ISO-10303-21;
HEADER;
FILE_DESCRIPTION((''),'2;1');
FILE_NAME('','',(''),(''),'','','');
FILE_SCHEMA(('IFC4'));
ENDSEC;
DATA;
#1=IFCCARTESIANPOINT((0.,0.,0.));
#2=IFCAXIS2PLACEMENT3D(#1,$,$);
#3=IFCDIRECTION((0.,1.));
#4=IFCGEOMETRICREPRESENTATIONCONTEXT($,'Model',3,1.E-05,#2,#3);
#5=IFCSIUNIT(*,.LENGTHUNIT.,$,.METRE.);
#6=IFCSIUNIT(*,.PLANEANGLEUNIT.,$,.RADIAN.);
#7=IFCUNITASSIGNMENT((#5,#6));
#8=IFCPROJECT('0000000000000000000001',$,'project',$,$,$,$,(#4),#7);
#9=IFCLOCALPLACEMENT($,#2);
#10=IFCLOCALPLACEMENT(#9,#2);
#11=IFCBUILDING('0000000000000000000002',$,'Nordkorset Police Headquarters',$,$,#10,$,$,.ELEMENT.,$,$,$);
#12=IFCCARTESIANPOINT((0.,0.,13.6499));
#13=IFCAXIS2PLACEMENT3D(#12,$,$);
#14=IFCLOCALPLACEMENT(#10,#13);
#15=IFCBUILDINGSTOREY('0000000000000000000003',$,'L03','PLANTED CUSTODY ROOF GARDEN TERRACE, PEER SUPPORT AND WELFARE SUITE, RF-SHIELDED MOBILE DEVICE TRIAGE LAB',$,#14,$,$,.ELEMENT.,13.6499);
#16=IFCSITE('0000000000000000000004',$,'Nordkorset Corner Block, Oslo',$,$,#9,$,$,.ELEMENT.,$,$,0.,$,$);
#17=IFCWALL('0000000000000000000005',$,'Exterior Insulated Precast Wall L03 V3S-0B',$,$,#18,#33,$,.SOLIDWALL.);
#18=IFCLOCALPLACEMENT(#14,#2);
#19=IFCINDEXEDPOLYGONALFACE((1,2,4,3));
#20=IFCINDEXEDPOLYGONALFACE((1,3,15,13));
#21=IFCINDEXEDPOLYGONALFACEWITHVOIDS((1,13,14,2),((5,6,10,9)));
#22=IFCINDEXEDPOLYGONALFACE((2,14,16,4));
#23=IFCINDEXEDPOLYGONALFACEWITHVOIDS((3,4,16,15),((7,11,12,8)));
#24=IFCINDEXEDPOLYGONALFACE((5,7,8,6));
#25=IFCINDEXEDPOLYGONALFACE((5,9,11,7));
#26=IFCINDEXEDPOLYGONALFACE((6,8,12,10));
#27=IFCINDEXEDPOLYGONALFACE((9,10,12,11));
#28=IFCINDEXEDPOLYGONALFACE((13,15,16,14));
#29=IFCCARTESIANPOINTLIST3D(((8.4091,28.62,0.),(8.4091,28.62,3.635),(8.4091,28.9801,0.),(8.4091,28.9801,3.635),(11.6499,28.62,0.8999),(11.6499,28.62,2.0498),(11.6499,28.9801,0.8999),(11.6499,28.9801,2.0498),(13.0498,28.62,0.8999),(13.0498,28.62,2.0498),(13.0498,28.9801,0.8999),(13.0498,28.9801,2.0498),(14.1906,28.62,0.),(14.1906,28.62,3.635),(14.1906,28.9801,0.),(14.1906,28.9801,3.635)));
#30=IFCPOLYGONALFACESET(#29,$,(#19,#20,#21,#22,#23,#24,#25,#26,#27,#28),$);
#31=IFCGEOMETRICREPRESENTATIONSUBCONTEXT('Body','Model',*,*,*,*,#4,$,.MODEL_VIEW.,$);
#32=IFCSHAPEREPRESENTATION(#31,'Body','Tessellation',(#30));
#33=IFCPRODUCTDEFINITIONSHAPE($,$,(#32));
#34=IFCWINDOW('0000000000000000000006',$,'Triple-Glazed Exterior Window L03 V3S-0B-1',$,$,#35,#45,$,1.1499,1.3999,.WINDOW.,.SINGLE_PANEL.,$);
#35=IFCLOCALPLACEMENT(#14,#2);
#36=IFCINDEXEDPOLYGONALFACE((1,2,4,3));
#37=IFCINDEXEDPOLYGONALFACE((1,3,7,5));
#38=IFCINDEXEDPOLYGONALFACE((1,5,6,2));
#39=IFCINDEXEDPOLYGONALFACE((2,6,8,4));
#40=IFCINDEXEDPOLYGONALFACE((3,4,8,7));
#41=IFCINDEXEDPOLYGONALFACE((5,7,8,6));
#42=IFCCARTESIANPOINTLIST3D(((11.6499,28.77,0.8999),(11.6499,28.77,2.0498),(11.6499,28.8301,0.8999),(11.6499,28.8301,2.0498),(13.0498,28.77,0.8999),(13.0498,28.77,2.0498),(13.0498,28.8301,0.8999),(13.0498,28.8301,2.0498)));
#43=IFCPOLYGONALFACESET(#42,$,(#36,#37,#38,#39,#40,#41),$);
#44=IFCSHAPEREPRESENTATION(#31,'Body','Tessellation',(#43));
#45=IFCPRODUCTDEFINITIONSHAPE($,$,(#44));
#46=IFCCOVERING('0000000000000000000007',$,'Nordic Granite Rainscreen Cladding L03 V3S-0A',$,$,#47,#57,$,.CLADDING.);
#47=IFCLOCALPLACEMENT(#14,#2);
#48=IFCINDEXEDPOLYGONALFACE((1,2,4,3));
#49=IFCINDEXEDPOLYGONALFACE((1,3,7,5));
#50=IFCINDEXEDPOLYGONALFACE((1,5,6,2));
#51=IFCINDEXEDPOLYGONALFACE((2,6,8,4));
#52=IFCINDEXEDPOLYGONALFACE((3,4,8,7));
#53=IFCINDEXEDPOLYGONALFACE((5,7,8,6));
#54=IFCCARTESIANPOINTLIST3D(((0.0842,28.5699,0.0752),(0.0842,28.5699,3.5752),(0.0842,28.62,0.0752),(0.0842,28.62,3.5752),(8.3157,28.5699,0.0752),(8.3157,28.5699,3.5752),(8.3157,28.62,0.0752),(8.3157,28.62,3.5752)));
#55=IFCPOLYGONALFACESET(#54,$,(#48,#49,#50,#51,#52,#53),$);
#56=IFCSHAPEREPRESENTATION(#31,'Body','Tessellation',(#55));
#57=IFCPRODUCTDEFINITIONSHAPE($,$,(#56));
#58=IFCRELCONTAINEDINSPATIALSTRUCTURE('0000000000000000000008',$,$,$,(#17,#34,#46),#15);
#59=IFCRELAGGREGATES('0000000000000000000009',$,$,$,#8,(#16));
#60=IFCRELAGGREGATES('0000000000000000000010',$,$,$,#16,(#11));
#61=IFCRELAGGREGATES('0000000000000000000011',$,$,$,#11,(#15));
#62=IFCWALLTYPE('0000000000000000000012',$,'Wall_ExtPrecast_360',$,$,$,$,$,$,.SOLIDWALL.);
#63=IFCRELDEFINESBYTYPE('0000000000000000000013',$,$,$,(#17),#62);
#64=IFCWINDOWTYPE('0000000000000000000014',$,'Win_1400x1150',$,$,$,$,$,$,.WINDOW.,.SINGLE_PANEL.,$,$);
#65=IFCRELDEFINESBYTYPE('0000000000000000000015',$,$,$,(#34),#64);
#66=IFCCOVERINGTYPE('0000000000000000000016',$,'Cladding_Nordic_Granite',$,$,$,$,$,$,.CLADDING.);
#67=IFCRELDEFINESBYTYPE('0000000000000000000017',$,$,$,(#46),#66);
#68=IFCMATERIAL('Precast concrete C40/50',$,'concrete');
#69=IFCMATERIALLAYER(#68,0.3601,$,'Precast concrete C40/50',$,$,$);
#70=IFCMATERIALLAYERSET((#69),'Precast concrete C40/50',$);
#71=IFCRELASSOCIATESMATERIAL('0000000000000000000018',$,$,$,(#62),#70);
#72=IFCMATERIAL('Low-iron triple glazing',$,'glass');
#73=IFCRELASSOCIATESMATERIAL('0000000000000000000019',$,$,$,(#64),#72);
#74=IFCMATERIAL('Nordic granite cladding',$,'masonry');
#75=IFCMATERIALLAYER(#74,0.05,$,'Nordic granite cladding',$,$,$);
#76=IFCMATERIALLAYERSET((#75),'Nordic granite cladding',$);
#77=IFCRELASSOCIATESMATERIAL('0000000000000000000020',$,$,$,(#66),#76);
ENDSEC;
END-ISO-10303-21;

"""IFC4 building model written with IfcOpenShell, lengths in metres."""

from ifc_helpers import new_model, si_unit, direction, frame, frame_2d, origin, origin_2d, place, context, subcontext, project, spatial, rectangle, extrude, material, layer, layer_set, type_object, element, fill, save


model = new_model("IFC4")

# Units and contexts
model_context = context("Model", 3, precision=1e-05, world=origin(), true_north=direction((0.0, 1.0)))
body_context = subcontext(model_context, "Body", "Model", "MODEL_VIEW")
ifc_project = project(units=[si_unit("LENGTHUNIT", "METRE"), si_unit("PLANEANGLEUNIT", "RADIAN")], contexts=[model_context])

# Site, building, storey
site_placement = place(None, origin())
site = spatial("IfcSite", under=ifc_project, at=site_placement, Name="Nordkorset Corner Block, Oslo", CompositionType="ELEMENT", RefElevation=0.0)
building_placement = place(site_placement, origin())
building = spatial("IfcBuilding", under=site, at=building_placement, Name="Nordkorset Police Headquarters", CompositionType="ELEMENT")
storey_placement = place(building_placement, frame((0.0, 0.0, 13.6499)))
storey = spatial("IfcBuildingStorey", under=building, at=storey_placement, Name="L03", Description="PLANTED CUSTODY ROOF GARDEN TERRACE, PEER SUPPORT AND WELFARE SUITE, RF-SHIELDED MOBILE DEVICE TRIAGE LAB", CompositionType="ELEMENT", Elevation=13.6499)

# Shared definitions
ifc_material_1 = material(Name="Precast concrete C40/50", Category="concrete")
ifc_layer_1 = layer(ifc_material_1, 0.3601, Name="Precast concrete C40/50")
ifc_layer_set_1 = layer_set([ifc_layer_1], Name="Precast concrete C40/50")
wall_type = type_object("IfcWallType", Name="Wall_ExtPrecast_360", PredefinedType="SOLIDWALL", material=ifc_layer_set_1)

# Wall, opening, window
wall_1_placement = place(storey_placement, frame((8.4092, 28.8, 0.0), z_axis=(0.0, 0.0, 1.0), x_axis=(1.0, 0.0, 0.0)))
wall_1 = element("IfcWall", 1, at=wall_1_placement, inside=storey, type_object=wall_type, Name="Exterior Insulated Precast Wall L03 V3S-0B", PredefinedType="SOLIDWALL", context=body_context, shape_type="SweptSolid", body=[
    extrude(rectangle(XDim=5.7815, YDim=0.3601, at=frame_2d((2.8906, 0.0))), origin(), (0.0, 0.0, 1.0), 3.635),
])
opening_placement = place(wall_1_placement, frame((3.2407, 0.0, 0.8999)))
opening = element("IfcOpeningElement", 2, at=opening_placement, cuts=wall_1, PredefinedType="OPENING", context=body_context, shape_type="SweptSolid", body=[
    extrude(rectangle(XDim=1.3999, YDim=1.1499, at=frame_2d((0.7, 0.575))), frame((0.0, 0.1899, 0.0), z_axis=(0.0, -1.0, 0.0), x_axis=(1.0, 0.0, 0.0)), (0.0, 0.0, 1.0), 0.3801),
])
ifc_material_2 = material(Name="Low-iron triple glazing", Category="glass")
window_type = type_object("IfcWindowType", Name="Win_1400x1150", PartitioningType="SINGLE_PANEL", PredefinedType="WINDOW", material=ifc_material_2)
window_placement = place(opening_placement, origin())
window = element("IfcWindow", 3, at=window_placement, inside=storey, type_object=window_type, Name="Triple-Glazed Exterior Window L03 V3S-0B-1", OverallHeight=1.1499, OverallWidth=1.3999, PartitioningType="SINGLE_PANEL", PredefinedType="WINDOW", context=body_context, shape_type="SweptSolid", body=[
    extrude(rectangle(XDim=1.3999, YDim=1.1499, at=frame_2d((0.7, 0.575))), frame((0.0, 0.03, 0.0), z_axis=(0.0, -1.0, 0.0), x_axis=(1.0, 0.0, 0.0)), (0.0, 0.0, 1.0), 0.0601),
])
fill(opening, window)

# Covering
ifc_material_3 = material(Name="Nordic granite cladding", Category="masonry")
ifc_layer_2 = layer(ifc_material_3, 0.05, Name="Nordic granite cladding")
ifc_layer_set_2 = layer_set([ifc_layer_2], Name="Nordic granite cladding")
covering_type = type_object("IfcCoveringType", Name="Cladding_Nordic_Granite", PredefinedType="CLADDING", material=ifc_layer_set_2)
covering_placement = place(storey_placement, frame((4.2, 28.595, 0.0752), z_axis=(0.0, 0.0, 1.0), x_axis=(1.0, 0.0, 0.0)))
element("IfcCovering", 4, at=covering_placement, inside=storey, type_object=covering_type, Name="Nordic Granite Rainscreen Cladding L03 V3S-0A", PredefinedType="CLADDING", context=body_context, shape_type="SweptSolid", body=[
    extrude(rectangle(XDim=8.2314, YDim=0.05, at=origin_2d()), origin(), (0.0, 0.0, 1.0), 3.5),
])

save(model, "model.ifc")
